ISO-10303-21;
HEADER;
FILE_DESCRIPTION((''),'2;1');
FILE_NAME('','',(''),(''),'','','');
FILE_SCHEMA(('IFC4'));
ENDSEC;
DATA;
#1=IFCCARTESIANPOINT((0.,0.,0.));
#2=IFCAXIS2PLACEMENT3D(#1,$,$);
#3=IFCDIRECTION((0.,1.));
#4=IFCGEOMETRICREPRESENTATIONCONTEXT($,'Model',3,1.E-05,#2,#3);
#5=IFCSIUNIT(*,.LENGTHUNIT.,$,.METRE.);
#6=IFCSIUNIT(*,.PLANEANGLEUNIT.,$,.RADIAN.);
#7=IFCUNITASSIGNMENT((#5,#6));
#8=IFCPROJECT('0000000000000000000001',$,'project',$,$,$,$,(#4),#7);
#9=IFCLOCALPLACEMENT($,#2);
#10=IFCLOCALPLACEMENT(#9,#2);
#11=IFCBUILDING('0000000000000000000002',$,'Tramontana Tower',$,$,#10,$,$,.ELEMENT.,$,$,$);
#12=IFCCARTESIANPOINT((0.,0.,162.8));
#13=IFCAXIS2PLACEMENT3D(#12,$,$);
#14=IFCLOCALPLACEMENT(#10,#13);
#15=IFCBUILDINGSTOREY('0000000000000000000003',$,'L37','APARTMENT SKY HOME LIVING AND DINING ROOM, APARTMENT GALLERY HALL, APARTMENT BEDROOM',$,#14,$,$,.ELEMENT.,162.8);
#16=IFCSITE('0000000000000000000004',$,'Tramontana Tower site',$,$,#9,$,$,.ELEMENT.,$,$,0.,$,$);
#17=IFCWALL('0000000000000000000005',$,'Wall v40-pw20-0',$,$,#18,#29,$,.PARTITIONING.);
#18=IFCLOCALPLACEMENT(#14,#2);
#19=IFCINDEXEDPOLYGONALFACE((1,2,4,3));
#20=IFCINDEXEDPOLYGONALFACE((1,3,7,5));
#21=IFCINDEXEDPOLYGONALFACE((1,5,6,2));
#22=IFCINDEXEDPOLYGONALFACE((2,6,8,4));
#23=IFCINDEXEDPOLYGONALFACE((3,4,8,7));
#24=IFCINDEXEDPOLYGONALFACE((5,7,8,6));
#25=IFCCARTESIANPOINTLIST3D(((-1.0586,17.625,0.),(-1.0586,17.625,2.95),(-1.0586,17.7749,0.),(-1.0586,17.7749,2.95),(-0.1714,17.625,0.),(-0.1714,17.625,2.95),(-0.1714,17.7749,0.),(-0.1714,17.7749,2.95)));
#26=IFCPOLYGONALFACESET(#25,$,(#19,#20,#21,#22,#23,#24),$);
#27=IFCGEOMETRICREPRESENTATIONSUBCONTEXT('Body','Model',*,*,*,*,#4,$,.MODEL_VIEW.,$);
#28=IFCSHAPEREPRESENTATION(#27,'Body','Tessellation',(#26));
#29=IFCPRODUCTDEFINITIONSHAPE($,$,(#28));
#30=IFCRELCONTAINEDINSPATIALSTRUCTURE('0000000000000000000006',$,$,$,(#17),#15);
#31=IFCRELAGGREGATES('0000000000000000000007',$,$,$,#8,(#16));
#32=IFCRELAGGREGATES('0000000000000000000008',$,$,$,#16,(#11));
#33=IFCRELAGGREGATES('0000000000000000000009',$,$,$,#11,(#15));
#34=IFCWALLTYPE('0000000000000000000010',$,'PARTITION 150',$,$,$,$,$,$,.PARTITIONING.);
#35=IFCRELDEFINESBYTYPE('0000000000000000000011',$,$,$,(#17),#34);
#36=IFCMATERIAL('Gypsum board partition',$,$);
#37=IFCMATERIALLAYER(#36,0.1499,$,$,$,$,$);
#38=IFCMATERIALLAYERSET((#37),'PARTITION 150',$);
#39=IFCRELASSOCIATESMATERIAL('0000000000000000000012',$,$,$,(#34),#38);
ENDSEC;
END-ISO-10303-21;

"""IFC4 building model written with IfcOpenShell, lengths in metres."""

from ifc_helpers import new_model, si_unit, direction, frame, frame_2d, origin, place, context, subcontext, project, spatial, rectangle, extrude, material, layer, layer_set, type_object, element, save


model = new_model("IFC4")

# Units and contexts
model_context = context("Model", 3, precision=1e-05, world=origin(), true_north=direction((0.0, 1.0)))
body_context = subcontext(model_context, "Body", "Model", "MODEL_VIEW")
ifc_project = project(units=[si_unit("LENGTHUNIT", "METRE"), si_unit("PLANEANGLEUNIT", "RADIAN")], contexts=[model_context])

# Site, building, storey
site_placement = place(None, origin())
site = spatial("IfcSite", under=ifc_project, at=site_placement, Name="Tramontana Tower site", CompositionType="ELEMENT", RefElevation=0.0)
building_placement = place(site_placement, origin())
building = spatial("IfcBuilding", under=site, at=building_placement, Name="Tramontana Tower", CompositionType="ELEMENT")
storey_placement = place(building_placement, frame((0.0, 0.0, 162.8)))
storey = spatial("IfcBuildingStorey", under=building, at=storey_placement, Name="L37", Description="APARTMENT SKY HOME LIVING AND DINING ROOM, APARTMENT GALLERY HALL, APARTMENT BEDROOM", CompositionType="ELEMENT", Elevation=162.8)

# Shared definitions
ifc_material_1 = material(Name="Gypsum board partition")
ifc_layer_1 = layer(ifc_material_1, 0.1499)
ifc_layer_set_1 = layer_set([ifc_layer_1], Name="PARTITION 150")
wall_type_1 = type_object("IfcWallType", Name="PARTITION 150", PredefinedType="PARTITIONING", material=ifc_layer_set_1)

# Wall
wall_1_placement = place(storey_placement, frame((-1.0586, 17.7, 0.0), z_axis=(0.0, 0.0, 1.0), x_axis=(1.0, 0.0, 0.0)))
element("IfcWall", 1, at=wall_1_placement, inside=storey, type_object=wall_type_1, Name="Wall v40-pw20-0", PredefinedType="PARTITIONING", context=body_context, shape_type="SweptSolid", body=[
    extrude(rectangle(XDim=0.8872, YDim=0.1499, at=frame_2d((0.4436, 0.0))), origin(), (0.0, 0.0, 1.0), 2.95),
])

save(model, "model.ifc")
